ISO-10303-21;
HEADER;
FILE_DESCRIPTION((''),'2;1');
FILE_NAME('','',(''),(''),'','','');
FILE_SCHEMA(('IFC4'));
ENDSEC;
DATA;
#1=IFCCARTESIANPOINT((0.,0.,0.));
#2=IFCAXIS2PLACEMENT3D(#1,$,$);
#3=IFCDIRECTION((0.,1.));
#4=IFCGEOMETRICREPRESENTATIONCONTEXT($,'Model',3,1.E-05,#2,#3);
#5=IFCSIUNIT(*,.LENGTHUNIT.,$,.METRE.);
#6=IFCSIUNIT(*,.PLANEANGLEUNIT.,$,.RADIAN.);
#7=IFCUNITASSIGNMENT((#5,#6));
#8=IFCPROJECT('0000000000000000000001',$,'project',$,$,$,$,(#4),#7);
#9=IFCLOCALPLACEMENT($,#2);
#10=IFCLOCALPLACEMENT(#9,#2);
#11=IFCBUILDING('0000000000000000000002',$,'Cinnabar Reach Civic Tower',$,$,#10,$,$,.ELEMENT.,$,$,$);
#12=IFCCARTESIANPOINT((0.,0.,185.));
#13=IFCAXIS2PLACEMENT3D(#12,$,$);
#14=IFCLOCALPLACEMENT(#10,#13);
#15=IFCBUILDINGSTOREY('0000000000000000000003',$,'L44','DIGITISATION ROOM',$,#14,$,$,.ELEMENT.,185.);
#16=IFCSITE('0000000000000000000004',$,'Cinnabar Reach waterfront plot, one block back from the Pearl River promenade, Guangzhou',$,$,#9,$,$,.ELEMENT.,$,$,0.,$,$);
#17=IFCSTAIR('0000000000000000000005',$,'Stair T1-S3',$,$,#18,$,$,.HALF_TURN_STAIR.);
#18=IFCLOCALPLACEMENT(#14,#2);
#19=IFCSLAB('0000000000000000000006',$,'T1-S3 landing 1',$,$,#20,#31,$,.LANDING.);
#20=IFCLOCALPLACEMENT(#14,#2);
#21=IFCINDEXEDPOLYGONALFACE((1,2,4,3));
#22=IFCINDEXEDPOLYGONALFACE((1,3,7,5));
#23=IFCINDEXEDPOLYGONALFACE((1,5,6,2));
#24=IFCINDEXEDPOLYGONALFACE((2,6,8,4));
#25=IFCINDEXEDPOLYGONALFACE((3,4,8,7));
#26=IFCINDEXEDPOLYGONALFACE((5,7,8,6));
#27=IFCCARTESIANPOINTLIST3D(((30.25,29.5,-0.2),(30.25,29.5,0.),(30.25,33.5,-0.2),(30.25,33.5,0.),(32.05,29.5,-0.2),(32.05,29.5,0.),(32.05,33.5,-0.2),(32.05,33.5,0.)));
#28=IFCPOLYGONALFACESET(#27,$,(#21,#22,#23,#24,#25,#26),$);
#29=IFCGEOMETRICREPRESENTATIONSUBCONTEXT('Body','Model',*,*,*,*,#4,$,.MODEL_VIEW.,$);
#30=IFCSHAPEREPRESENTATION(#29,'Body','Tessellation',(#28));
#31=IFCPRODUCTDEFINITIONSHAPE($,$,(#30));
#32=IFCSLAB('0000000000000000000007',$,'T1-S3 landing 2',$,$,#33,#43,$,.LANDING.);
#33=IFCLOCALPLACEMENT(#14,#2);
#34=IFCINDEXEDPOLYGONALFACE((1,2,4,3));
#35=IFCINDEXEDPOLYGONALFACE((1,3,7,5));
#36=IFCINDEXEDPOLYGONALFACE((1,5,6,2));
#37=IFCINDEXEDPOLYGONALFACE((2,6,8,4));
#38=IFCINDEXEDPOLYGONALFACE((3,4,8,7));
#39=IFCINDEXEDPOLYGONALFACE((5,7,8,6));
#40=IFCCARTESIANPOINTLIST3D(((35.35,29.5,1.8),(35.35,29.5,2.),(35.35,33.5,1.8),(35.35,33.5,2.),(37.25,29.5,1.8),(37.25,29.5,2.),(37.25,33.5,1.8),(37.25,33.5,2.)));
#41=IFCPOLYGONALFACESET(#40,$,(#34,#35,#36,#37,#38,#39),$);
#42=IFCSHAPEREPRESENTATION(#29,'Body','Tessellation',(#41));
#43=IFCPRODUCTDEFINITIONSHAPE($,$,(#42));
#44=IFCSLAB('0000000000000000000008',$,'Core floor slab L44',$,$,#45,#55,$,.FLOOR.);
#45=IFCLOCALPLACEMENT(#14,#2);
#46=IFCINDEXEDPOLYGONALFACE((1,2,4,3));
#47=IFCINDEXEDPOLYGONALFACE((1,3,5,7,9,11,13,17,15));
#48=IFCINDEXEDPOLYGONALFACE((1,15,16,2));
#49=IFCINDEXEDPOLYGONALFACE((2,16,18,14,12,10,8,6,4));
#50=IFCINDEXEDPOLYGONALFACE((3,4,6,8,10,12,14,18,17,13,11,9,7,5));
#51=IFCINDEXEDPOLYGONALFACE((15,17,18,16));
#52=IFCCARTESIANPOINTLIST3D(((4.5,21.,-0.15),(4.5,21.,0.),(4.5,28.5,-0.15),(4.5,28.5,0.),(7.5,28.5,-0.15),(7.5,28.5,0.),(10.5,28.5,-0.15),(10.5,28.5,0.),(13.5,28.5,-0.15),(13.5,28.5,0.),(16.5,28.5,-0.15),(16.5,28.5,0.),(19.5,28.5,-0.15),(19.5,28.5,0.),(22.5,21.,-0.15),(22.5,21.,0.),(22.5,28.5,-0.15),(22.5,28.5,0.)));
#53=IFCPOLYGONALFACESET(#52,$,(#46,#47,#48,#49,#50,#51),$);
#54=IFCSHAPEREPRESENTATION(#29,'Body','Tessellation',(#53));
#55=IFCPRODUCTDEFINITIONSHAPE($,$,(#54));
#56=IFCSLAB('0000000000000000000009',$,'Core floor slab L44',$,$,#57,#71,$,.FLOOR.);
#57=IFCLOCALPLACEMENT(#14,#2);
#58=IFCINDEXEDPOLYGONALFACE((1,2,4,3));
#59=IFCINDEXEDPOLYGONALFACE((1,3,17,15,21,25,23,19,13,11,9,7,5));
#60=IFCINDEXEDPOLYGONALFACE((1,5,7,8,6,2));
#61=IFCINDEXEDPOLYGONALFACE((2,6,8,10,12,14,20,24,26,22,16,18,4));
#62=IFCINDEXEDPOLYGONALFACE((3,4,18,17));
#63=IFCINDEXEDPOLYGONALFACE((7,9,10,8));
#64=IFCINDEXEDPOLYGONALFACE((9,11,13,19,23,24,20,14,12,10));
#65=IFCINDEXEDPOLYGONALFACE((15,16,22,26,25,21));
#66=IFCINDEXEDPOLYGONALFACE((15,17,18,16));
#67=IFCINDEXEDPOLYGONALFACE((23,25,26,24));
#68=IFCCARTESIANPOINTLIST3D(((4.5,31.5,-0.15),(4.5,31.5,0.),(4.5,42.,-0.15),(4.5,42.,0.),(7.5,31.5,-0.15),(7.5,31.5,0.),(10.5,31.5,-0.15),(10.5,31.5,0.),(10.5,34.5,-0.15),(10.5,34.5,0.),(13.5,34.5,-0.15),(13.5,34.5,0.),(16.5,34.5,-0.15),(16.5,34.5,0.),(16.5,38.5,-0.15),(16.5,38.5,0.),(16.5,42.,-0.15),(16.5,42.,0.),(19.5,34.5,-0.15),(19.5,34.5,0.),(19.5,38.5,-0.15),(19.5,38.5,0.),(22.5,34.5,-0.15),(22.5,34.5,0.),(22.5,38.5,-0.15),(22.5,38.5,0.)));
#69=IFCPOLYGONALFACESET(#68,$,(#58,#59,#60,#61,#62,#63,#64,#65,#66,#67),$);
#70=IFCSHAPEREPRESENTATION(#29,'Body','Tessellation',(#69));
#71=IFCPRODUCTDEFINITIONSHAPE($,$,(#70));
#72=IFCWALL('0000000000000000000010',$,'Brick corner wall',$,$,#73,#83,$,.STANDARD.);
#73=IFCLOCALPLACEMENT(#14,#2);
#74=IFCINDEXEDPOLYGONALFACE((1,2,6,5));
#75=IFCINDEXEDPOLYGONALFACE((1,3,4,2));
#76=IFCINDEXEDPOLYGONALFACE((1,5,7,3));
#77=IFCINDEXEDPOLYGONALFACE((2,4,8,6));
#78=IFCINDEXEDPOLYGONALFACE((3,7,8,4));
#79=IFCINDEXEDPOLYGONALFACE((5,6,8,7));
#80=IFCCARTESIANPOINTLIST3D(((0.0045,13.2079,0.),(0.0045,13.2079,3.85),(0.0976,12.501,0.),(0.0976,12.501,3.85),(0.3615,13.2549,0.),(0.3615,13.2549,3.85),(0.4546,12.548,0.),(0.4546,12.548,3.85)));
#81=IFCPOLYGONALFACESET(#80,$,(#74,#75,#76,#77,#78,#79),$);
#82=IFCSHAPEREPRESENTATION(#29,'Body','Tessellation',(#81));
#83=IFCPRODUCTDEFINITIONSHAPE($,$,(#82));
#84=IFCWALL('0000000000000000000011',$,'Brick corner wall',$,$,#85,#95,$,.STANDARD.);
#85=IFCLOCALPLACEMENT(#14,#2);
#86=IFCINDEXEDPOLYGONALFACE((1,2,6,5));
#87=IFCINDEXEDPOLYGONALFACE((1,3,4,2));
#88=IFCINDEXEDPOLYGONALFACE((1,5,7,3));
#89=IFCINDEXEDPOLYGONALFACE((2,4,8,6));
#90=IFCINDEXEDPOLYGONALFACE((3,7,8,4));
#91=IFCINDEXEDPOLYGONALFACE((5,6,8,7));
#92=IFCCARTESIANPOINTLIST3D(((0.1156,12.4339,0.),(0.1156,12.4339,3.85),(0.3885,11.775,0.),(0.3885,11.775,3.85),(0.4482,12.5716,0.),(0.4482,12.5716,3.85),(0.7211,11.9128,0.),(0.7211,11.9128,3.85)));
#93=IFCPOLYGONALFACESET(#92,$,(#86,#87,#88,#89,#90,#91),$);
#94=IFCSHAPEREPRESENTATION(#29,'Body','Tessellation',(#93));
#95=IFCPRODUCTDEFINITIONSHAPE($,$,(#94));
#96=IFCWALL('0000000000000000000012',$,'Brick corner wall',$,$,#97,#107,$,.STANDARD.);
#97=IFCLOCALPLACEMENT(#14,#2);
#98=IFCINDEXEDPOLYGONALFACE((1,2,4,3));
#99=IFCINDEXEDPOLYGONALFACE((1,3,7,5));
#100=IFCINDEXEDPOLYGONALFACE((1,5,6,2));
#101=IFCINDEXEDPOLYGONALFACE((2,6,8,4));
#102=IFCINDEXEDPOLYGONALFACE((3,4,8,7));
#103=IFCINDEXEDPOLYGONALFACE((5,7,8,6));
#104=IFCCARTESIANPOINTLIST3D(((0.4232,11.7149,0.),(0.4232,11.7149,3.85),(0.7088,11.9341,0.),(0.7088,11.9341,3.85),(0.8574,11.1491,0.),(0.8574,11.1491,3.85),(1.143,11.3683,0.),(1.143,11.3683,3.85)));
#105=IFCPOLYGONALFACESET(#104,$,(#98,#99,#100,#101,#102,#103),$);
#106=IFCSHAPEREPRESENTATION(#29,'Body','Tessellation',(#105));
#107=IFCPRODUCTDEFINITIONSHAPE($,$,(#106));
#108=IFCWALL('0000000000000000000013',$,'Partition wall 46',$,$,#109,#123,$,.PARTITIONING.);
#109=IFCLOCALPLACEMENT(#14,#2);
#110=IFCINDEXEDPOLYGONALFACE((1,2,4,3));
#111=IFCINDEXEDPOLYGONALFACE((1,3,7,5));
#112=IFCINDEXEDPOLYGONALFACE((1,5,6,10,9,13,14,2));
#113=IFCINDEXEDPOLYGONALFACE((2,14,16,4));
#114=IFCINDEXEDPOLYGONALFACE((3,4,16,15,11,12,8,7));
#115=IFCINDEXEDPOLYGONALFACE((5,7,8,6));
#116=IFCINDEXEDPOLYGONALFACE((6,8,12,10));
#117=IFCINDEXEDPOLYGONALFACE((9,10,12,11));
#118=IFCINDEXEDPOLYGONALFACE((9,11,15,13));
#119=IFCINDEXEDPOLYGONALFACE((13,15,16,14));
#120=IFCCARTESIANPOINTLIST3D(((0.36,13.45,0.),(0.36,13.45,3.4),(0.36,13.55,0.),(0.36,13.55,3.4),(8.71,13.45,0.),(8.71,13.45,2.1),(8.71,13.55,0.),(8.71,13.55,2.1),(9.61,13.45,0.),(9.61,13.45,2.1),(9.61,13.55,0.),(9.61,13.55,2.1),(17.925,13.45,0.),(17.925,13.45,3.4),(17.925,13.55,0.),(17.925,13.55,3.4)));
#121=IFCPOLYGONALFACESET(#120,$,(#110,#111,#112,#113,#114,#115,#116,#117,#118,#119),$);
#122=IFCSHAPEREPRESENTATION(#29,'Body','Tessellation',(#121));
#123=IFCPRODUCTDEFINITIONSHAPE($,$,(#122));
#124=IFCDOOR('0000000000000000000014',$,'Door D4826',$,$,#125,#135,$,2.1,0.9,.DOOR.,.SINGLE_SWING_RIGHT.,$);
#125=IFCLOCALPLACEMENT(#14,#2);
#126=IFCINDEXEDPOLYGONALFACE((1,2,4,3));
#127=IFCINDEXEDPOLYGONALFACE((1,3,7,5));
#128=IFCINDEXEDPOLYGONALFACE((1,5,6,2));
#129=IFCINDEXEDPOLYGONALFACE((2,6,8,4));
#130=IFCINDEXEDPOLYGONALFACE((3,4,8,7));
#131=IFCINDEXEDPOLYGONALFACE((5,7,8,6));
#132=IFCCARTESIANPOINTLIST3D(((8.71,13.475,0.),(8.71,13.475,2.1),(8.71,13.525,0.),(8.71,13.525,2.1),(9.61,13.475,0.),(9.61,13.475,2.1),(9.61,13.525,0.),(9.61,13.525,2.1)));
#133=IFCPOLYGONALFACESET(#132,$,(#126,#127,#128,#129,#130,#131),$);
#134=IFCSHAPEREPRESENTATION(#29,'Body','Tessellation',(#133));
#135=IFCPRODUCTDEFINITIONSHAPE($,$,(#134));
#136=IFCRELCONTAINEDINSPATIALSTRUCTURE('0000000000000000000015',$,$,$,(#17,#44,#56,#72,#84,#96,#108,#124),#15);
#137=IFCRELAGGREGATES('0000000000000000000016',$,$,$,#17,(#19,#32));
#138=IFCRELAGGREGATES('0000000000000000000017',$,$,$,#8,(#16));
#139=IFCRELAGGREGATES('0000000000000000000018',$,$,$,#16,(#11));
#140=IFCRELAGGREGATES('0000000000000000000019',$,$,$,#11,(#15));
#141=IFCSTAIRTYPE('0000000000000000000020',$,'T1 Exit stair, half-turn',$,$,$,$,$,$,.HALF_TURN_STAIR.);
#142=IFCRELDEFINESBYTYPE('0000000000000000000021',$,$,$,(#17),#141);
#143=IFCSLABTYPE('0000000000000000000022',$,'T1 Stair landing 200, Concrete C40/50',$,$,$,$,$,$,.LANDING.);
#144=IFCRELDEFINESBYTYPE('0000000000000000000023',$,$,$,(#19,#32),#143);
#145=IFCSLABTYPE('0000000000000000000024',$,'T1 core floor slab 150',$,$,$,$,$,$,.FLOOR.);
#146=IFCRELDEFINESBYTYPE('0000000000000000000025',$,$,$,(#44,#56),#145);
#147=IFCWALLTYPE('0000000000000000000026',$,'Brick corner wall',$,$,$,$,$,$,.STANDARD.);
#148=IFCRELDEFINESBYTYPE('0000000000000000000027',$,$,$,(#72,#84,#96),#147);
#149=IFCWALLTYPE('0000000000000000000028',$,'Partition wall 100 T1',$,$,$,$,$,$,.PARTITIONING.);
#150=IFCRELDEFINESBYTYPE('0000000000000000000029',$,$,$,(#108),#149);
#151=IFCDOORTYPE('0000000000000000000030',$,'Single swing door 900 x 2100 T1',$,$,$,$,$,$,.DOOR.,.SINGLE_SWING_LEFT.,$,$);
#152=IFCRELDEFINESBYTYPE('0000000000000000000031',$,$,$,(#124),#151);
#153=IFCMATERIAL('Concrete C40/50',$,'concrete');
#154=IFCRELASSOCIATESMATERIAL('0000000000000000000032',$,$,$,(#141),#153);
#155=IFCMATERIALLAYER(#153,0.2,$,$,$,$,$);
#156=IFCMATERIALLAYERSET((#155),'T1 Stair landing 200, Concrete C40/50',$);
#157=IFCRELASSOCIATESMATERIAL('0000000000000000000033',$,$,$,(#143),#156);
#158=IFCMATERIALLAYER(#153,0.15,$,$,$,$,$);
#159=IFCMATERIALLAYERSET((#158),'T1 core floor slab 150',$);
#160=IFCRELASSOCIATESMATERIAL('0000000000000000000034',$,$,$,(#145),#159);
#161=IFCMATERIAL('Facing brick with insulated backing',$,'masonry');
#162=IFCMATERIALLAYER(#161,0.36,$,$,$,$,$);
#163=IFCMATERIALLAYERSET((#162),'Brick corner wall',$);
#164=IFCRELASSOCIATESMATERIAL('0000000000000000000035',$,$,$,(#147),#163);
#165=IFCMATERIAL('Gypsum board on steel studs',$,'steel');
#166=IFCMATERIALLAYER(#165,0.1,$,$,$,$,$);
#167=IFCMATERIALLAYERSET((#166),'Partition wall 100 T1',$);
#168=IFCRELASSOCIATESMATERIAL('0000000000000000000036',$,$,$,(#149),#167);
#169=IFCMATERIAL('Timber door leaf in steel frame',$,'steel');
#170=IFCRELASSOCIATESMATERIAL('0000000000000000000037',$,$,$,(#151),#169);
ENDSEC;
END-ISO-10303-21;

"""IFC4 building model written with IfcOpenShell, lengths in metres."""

from ifc_helpers import new_model, si_unit, direction, frame, frame_2d, origin, place, context, subcontext, project, spatial, polyline, rectangle, outline, extrude, material, layer, layer_set, type_object, element, fill, aggregate, save


model = new_model("IFC4")

# Units and contexts
model_context = context("Model", 3, precision=1e-05, world=origin(), true_north=direction((0.0, 1.0)))
body_context = subcontext(model_context, "Body", "Model", "MODEL_VIEW")
ifc_project = project(units=[si_unit("LENGTHUNIT", "METRE"), si_unit("PLANEANGLEUNIT", "RADIAN")], contexts=[model_context])

# Site, building, storey
site_placement = place(None, origin())
site = spatial("IfcSite", under=ifc_project, at=site_placement, Name="Cinnabar Reach waterfront plot, one block back from the Pearl River promenade, Guangzhou", CompositionType="ELEMENT", RefElevation=0.0)
building_placement = place(site_placement, origin())
building = spatial("IfcBuilding", under=site, at=building_placement, Name="Cinnabar Reach Civic Tower", CompositionType="ELEMENT")
storey_placement = place(building_placement, frame((0.0, 0.0, 185.0)))
storey = spatial("IfcBuildingStorey", under=building, at=storey_placement, Name="L44", Description="DIGITISATION ROOM", CompositionType="ELEMENT", Elevation=185.0)

# Stair, slabs
ifc_material_1 = material(Name="Concrete C40/50", Category="concrete")
stair_type = type_object("IfcStairType", Name="T1 Exit stair, half-turn", PredefinedType="HALF_TURN_STAIR", material=ifc_material_1)
ifc_layer_1 = layer(ifc_material_1, 0.2)
ifc_layer_set_1 = layer_set([ifc_layer_1], Name="T1 Stair landing 200, Concrete C40/50")
slab_type_1 = type_object("IfcSlabType", Name="T1 Stair landing 200, Concrete C40/50", PredefinedType="LANDING", material=ifc_layer_set_1)
stair_1_placement = place(storey_placement, origin())
stair_1 = element("IfcStair", 1, at=stair_1_placement, inside=storey, type_object=stair_type, Name="Stair T1-S3", PredefinedType="HALF_TURN_STAIR")
slab_1_placement = place(storey_placement, frame((0.0, 0.0, -0.2)))
slab_1 = element("IfcSlab", 2, at=slab_1_placement, type_object=slab_type_1, Name="T1-S3 landing 1", PredefinedType="LANDING", context=body_context, shape_type="SweptSolid", body=[
    extrude(outline(polyline([(30.25, 29.5), (32.05, 29.5), (32.05, 33.5), (30.25, 33.5), (30.25, 29.5)])), origin(), (0.0, 0.0, 1.0), 0.2),
])
slab_2_placement = place(storey_placement, frame((0.0, 0.0, 1.8)))
slab_2 = element("IfcSlab", 3, at=slab_2_placement, type_object=slab_type_1, Name="T1-S3 landing 2", PredefinedType="LANDING", context=body_context, shape_type="SweptSolid", body=[
    extrude(outline(polyline([(35.35, 29.5), (37.25, 29.5), (37.25, 33.5), (35.35, 33.5), (35.35, 29.5)])), origin(), (0.0, 0.0, 1.0), 0.2),
])
aggregate(stair_1, [slab_1, slab_2])

# Slabs
ifc_layer_2 = layer(ifc_material_1, 0.15)
ifc_layer_set_2 = layer_set([ifc_layer_2], Name="T1 core floor slab 150")
slab_type_2 = type_object("IfcSlabType", Name="T1 core floor slab 150", PredefinedType="FLOOR", material=ifc_layer_set_2)
slab_3_placement = place(storey_placement, frame((0.0, 0.0, -0.15)))
element("IfcSlab", 4, at=slab_3_placement, inside=storey, type_object=slab_type_2, Name="Core floor slab L44", PredefinedType="FLOOR", context=body_context, shape_type="SweptSolid", body=[
    extrude(outline(polyline([(22.5, 21.0), (4.5, 21.0), (4.5, 28.5), (7.5, 28.5), (10.5, 28.5), (13.5, 28.5), (16.5, 28.5), (19.5, 28.5), (22.5, 28.5), (22.5, 21.0)])), origin(), (0.0, 0.0, 1.0), 0.15),
])
slab_4_placement = place(storey_placement, frame((0.0, 0.0, -0.15)))
element("IfcSlab", 5, at=slab_4_placement, inside=storey, type_object=slab_type_2, Name="Core floor slab L44", PredefinedType="FLOOR", context=body_context, shape_type="SweptSolid", body=[
    extrude(outline(polyline([(22.5, 34.5), (19.5, 34.5), (16.5, 34.5), (13.5, 34.5), (10.5, 34.5), (10.5, 31.5), (7.5, 31.5), (4.5, 31.5), (4.5, 42.0), (16.5, 42.0), (16.5, 38.5), (19.5, 38.5), (22.5, 38.5), (22.5, 34.5)])), origin(), (0.0, 0.0, 1.0), 0.15),
])

# Walls
ifc_material_2 = material(Name="Facing brick with insulated backing", Category="masonry")
ifc_layer_3 = layer(ifc_material_2, 0.36)
ifc_layer_set_3 = layer_set([ifc_layer_3], Name="Brick corner wall")
wall_type_1 = type_object("IfcWallType", Name="Brick corner wall", PredefinedType="STANDARD", material=ifc_layer_set_3)
for number, where, z_axis, x_axis, name in (
    (6, (0.183, 13.2314, 0.0), (0.0, 0.0, 1.0), (0.130556, -0.991441, 0.0), "Brick corner wall"),
    (7, (0.2819, 12.5027, 0.0), (0.0, 0.0, 1.0), (0.382703, -0.923872, 0.0), "Brick corner wall"),
):
    element("IfcWall", number, at=place(storey_placement, frame(where, z_axis=z_axis, x_axis=x_axis)), inside=storey, type_object=wall_type_1, Name=name, PredefinedType="STANDARD", context=body_context, shape_type="SweptSolid", body=[
        extrude(rectangle(XDim=0.7131, YDim=0.36, at=frame_2d((0.3565, 0.0))), origin(), (0.0, 0.0, 1.0), 3.85),
    ])
wall_1_placement = place(storey_placement, frame((0.566, 11.8245, 0.0), z_axis=(0.0, 0.0, 1.0), x_axis=(0.608802, -0.793322, 0.0)))
element("IfcWall", 8, at=wall_1_placement, inside=storey, type_object=wall_type_1, Name="Brick corner wall", PredefinedType="STANDARD", context=body_context, shape_type="SweptSolid", body=[
    extrude(rectangle(XDim=0.7132, YDim=0.36, at=frame_2d((0.3566, 0.0))), origin(), (0.0, 0.0, 1.0), 3.85),
])

# Wall, opening, door
ifc_material_3 = material(Name="Gypsum board on steel studs", Category="steel")
ifc_layer_4 = layer(ifc_material_3, 0.1)
ifc_layer_set_4 = layer_set([ifc_layer_4], Name="Partition wall 100 T1")
wall_type_2 = type_object("IfcWallType", Name="Partition wall 100 T1", PredefinedType="PARTITIONING", material=ifc_layer_set_4)
wall_2_placement = place(storey_placement, frame((0.36, 13.5, 0.0), z_axis=(0.0, 0.0, 1.0), x_axis=(1.0, 0.0, 0.0)))
wall_2 = element("IfcWall", 9, at=wall_2_placement, inside=storey, type_object=wall_type_2, Name="Partition wall 46", PredefinedType="PARTITIONING", context=body_context, shape_type="SweptSolid", body=[
    extrude(rectangle(XDim=17.565, YDim=0.1, at=frame_2d((8.7825, 0.0))), origin(), (0.0, 0.0, 1.0), 3.4),
])
opening_placement = place(wall_2_placement, frame((8.35, 0.0, 0.0)))
opening = element("IfcOpeningElement", 10, at=opening_placement, cuts=wall_2, PredefinedType="OPENING", context=body_context, shape_type="SweptSolid", body=[
    extrude(rectangle(XDim=0.9, YDim=2.1, at=frame_2d((0.45, 1.05))), frame((0.0, 0.06, 0.0), z_axis=(0.0, -1.0, 0.0), x_axis=(1.0, 0.0, 0.0)), (0.0, 0.0, 1.0), 0.12),
])
ifc_material_4 = material(Name="Timber door leaf in steel frame", Category="steel")
door_type = type_object("IfcDoorType", Name="Single swing door 900 x 2100 T1", OperationType="SINGLE_SWING_LEFT", PredefinedType="DOOR", material=ifc_material_4)
door_placement = place(opening_placement, frame((0.9, 0.0, 0.0), z_axis=(0.0, 0.0, 1.0), x_axis=(-1.0, 0.0, 0.0)))
door = element("IfcDoor", 11, at=door_placement, inside=storey, type_object=door_type, Name="Door D4826", OperationType="SINGLE_SWING_RIGHT", OverallHeight=2.1, OverallWidth=0.9, PredefinedType="DOOR", context=body_context, shape_type="SweptSolid", body=[
    extrude(rectangle(XDim=0.9, YDim=2.1, at=frame_2d((0.45, 1.05))), frame((0.0, 0.025, 0.0), z_axis=(0.0, -1.0, 0.0), x_axis=(1.0, 0.0, 0.0)), (0.0, 0.0, 1.0), 0.05),
])
fill(opening, door)

save(model, "model.ifc")
